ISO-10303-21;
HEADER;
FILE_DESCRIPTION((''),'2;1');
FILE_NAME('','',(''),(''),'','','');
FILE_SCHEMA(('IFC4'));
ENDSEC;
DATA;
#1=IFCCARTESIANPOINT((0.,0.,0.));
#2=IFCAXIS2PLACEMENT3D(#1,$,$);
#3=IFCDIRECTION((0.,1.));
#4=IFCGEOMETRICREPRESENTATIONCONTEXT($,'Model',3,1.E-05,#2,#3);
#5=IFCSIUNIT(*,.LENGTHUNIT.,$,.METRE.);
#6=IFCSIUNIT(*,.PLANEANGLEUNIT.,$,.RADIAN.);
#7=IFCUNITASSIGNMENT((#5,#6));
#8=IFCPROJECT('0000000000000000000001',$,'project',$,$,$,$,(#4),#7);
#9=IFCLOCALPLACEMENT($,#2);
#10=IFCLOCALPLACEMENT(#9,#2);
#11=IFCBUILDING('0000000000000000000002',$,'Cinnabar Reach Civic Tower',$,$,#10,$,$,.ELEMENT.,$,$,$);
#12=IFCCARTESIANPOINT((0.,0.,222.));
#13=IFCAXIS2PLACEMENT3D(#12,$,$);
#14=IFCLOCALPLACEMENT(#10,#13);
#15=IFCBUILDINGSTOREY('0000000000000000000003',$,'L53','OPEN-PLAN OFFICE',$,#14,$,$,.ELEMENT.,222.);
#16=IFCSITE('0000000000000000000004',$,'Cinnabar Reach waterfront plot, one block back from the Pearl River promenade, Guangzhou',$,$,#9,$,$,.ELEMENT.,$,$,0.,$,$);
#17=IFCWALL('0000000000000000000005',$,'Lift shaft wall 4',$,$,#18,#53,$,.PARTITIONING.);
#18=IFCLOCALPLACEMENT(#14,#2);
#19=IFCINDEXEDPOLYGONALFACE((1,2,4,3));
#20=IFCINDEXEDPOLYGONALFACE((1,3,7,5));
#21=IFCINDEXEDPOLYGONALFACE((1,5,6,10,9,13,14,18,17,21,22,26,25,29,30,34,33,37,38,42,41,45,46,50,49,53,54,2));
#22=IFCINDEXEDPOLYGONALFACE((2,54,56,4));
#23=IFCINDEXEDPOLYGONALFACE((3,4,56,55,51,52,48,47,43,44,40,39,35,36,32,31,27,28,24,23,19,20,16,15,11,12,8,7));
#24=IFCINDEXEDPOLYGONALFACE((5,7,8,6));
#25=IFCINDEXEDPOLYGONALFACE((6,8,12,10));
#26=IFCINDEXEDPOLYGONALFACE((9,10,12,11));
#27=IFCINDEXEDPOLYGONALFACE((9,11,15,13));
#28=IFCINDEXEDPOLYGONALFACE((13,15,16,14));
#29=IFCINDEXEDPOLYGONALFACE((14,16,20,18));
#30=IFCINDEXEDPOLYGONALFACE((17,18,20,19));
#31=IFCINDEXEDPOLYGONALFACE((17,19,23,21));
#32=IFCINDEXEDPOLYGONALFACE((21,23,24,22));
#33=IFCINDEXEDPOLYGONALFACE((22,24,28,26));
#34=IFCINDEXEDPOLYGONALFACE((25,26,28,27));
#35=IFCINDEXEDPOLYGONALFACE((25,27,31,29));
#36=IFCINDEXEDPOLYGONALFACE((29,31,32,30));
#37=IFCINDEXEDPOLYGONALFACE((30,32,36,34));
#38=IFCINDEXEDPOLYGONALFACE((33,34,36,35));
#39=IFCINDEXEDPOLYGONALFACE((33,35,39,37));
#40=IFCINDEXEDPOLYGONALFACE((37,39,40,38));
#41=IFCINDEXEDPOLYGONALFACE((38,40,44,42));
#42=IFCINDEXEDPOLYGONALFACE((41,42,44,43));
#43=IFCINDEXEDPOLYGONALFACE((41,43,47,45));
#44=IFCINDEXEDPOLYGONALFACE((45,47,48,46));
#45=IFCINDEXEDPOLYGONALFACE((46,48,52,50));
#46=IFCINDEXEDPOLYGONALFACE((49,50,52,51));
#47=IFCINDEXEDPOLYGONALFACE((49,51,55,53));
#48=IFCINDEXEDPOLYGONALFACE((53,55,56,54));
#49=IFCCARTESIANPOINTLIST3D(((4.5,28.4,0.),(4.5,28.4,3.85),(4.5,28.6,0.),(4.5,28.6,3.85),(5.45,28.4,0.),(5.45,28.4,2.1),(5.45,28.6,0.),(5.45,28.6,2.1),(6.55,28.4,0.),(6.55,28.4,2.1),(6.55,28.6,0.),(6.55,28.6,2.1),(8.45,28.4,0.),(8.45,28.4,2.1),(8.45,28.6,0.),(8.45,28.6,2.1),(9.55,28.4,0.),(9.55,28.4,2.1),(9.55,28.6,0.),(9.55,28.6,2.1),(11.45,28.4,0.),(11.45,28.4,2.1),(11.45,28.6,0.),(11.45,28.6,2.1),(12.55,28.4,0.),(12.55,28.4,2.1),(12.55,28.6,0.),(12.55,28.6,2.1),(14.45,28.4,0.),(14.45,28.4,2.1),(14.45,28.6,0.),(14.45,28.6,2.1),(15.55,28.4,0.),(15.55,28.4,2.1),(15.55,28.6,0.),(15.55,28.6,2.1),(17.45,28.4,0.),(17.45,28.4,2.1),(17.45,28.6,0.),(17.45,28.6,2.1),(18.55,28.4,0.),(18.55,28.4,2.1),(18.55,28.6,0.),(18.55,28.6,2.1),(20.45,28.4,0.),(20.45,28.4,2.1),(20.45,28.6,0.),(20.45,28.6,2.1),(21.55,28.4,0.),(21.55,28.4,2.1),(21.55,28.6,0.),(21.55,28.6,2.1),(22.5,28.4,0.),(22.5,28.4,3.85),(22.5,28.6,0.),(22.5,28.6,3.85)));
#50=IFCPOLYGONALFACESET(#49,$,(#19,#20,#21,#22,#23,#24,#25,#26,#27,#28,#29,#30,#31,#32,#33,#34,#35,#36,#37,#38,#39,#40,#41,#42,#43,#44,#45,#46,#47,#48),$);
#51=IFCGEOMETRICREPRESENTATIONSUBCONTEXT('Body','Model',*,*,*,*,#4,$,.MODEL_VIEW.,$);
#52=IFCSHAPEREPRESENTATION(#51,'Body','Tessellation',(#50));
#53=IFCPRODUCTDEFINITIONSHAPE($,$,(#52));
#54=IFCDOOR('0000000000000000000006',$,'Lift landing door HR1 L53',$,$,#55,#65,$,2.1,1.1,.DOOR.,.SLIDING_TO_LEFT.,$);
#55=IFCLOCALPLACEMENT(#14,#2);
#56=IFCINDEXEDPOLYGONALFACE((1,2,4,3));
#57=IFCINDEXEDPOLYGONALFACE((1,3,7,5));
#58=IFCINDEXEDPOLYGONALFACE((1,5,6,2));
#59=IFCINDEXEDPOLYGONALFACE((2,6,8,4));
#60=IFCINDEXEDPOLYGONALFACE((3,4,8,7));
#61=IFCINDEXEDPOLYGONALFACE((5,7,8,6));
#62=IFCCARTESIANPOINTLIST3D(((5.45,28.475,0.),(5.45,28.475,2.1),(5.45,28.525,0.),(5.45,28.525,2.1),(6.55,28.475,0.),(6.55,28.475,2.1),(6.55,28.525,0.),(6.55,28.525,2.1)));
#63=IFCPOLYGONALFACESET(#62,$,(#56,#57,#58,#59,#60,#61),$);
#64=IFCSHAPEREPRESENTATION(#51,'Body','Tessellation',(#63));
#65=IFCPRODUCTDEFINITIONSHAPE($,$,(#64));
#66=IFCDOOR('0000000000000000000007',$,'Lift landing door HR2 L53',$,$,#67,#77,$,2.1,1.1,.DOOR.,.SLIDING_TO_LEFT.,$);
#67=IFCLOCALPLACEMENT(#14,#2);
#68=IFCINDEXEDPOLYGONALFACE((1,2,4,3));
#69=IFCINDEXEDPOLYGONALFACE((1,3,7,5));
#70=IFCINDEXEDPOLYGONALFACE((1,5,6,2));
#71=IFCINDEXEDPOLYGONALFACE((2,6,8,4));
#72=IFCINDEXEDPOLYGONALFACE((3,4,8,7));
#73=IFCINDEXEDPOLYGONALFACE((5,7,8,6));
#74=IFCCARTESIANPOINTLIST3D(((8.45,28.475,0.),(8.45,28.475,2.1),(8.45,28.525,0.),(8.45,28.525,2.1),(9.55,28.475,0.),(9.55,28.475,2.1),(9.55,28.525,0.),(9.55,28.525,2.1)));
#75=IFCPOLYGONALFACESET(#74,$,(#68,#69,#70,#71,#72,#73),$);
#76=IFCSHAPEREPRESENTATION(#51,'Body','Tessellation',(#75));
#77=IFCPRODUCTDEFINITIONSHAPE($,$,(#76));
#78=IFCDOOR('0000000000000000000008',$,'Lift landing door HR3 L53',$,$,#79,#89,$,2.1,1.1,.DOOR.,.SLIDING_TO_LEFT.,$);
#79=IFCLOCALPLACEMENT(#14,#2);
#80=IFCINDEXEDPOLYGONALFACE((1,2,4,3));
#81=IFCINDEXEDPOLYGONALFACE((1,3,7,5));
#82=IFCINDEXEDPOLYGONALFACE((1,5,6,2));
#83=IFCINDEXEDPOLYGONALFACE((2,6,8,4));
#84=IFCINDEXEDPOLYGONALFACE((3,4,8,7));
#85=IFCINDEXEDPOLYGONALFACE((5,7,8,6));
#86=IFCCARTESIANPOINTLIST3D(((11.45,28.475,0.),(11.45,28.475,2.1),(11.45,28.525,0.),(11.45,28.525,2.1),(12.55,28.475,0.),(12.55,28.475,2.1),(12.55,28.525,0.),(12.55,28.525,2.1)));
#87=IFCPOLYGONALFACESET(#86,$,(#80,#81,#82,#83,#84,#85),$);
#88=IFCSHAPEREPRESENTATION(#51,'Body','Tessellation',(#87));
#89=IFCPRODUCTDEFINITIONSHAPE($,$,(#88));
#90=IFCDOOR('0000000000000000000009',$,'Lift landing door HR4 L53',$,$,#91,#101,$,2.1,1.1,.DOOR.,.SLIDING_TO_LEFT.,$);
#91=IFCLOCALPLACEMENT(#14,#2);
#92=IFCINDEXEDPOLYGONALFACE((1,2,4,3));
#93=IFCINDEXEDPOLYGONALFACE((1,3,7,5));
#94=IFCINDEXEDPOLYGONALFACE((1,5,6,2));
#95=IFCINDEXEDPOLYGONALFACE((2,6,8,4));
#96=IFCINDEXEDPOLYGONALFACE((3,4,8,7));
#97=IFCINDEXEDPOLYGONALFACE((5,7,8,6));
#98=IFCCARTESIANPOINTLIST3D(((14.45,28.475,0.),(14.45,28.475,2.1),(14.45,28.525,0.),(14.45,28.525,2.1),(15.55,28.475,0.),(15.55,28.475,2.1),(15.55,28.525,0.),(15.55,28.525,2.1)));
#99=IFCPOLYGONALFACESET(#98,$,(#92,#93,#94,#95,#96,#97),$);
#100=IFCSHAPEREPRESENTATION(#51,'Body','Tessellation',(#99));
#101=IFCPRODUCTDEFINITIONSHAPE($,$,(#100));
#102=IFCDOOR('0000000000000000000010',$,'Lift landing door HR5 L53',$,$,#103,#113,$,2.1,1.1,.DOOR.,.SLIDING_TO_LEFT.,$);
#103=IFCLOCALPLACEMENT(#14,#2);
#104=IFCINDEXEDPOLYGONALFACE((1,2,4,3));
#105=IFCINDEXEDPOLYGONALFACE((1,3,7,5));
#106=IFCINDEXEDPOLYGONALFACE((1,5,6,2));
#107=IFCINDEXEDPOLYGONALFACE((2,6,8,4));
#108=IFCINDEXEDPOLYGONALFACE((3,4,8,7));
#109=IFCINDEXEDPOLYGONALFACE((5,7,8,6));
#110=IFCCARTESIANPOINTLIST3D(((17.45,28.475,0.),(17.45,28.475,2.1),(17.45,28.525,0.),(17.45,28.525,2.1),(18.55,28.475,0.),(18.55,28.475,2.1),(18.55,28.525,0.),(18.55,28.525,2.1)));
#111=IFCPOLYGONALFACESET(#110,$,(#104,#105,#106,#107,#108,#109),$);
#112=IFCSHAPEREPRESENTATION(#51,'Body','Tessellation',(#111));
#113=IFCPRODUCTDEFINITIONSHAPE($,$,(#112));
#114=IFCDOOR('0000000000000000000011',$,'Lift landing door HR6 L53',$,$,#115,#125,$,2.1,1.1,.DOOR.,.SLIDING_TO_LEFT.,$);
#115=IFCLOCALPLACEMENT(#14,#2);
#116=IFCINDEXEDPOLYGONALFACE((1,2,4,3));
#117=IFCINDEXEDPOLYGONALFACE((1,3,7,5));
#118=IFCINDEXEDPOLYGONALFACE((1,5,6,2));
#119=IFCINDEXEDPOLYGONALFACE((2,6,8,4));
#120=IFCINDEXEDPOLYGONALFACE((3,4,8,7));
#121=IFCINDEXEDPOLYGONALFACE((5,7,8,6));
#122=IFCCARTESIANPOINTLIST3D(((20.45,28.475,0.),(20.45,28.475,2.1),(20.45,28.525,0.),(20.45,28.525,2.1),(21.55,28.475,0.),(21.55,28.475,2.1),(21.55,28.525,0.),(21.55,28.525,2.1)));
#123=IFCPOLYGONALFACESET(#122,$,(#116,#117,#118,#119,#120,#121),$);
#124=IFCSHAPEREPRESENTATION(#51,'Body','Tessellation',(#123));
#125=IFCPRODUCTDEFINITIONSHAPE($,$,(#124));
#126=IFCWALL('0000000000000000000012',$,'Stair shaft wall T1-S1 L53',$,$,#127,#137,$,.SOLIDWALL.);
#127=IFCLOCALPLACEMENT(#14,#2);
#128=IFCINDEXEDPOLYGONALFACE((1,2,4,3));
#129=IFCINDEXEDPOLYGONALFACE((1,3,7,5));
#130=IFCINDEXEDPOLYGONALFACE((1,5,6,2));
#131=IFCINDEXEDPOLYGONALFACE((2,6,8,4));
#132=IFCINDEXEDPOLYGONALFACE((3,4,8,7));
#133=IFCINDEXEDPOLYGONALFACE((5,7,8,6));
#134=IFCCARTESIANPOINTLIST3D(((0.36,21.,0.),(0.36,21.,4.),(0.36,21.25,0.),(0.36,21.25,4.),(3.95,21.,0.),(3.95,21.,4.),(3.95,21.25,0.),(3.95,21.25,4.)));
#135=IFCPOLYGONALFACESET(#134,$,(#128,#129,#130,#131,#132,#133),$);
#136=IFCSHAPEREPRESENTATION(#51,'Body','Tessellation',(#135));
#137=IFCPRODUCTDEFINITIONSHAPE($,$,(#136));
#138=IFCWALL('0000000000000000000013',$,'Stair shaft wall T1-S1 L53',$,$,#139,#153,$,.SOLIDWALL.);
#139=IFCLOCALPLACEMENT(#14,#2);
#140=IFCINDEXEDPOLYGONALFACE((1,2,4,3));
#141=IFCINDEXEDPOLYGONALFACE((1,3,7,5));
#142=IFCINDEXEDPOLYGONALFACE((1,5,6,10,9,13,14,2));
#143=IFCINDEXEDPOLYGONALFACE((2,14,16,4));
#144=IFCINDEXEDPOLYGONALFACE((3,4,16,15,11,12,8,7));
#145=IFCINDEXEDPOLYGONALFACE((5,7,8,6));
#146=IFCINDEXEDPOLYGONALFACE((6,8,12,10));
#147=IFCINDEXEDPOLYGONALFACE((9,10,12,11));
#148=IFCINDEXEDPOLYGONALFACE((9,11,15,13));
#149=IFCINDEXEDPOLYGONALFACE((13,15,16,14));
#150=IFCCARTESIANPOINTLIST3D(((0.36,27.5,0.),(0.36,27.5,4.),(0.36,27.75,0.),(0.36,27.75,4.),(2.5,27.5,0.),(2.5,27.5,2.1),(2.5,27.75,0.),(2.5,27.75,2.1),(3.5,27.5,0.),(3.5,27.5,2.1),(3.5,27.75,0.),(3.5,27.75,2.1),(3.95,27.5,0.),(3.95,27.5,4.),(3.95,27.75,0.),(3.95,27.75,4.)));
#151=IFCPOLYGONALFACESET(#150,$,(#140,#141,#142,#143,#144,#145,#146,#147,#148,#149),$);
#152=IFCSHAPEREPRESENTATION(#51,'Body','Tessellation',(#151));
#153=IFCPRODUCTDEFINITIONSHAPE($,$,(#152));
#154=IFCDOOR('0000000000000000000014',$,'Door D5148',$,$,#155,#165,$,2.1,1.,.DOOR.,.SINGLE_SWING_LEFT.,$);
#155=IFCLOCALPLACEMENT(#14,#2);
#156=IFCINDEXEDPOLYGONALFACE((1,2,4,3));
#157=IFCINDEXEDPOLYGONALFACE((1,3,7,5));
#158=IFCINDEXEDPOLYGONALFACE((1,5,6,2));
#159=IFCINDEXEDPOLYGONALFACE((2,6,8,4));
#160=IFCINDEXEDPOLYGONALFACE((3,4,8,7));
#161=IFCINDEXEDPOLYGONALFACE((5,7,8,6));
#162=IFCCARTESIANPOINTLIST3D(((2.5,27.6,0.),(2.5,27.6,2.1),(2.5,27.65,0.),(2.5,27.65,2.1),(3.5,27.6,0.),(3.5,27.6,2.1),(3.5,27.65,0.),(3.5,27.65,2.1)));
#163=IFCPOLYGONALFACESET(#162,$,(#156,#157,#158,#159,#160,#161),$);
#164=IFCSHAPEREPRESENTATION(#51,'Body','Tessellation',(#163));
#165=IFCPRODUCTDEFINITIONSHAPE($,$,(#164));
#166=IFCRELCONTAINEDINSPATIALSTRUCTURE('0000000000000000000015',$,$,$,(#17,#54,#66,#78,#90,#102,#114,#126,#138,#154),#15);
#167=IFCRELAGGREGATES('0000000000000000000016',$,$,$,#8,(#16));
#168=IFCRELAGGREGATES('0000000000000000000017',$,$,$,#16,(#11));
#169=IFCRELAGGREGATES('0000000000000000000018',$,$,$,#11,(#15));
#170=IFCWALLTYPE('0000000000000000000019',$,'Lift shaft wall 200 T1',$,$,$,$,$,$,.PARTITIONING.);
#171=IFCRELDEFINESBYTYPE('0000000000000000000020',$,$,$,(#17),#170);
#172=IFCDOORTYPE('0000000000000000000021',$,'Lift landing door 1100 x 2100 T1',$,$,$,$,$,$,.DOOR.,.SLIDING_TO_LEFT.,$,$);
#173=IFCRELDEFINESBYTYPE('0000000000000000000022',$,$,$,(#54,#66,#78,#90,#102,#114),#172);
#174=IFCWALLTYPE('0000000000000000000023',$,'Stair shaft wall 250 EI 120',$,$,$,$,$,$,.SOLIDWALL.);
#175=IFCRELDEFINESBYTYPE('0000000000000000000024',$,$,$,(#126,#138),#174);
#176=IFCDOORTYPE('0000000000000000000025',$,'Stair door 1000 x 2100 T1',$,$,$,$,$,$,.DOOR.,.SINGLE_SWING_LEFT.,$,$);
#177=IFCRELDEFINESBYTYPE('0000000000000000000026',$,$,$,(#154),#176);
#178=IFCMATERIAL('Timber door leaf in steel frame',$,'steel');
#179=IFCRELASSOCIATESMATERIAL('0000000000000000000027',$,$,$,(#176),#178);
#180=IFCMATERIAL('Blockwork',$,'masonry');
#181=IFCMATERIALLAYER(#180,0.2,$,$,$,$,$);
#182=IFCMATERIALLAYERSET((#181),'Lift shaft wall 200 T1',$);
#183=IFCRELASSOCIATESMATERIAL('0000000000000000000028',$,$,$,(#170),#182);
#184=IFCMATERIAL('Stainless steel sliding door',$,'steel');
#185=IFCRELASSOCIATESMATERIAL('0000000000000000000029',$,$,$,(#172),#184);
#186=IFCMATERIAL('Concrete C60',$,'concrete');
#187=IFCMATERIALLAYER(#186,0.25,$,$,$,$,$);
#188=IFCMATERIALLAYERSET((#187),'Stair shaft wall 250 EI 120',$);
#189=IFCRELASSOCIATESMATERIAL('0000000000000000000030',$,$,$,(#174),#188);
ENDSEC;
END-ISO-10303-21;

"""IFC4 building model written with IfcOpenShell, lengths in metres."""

from ifc_helpers import new_model, si_unit, direction, frame, frame_2d, origin, place, context, subcontext, project, spatial, rectangle, extrude, material, layer, layer_set, type_object, element, fill, save


model = new_model("IFC4")

# Units and contexts
model_context = context("Model", 3, precision=1e-05, world=origin(), true_north=direction((0.0, 1.0)))
body_context = subcontext(model_context, "Body", "Model", "MODEL_VIEW")
ifc_project = project(units=[si_unit("LENGTHUNIT", "METRE"), si_unit("PLANEANGLEUNIT", "RADIAN")], contexts=[model_context])

# Site, building, storey
site_placement = place(None, origin())
site = spatial("IfcSite", under=ifc_project, at=site_placement, Name="Cinnabar Reach waterfront plot, one block back from the Pearl River promenade, Guangzhou", CompositionType="ELEMENT", RefElevation=0.0)
building_placement = place(site_placement, origin())
building = spatial("IfcBuilding", under=site, at=building_placement, Name="Cinnabar Reach Civic Tower", CompositionType="ELEMENT")
storey_placement = place(building_placement, frame((0.0, 0.0, 222.0)))
storey = spatial("IfcBuildingStorey", under=building, at=storey_placement, Name="L53", Description="OPEN-PLAN OFFICE", CompositionType="ELEMENT", Elevation=222.0)

# Shared definitions
ifc_material_1 = material(Name="Concrete C60", Category="concrete")

# Shared definitions
ifc_material_2 = material(Name="Timber door leaf in steel frame", Category="steel")
door_type_1 = type_object("IfcDoorType", Name="Stair door 1000 x 2100 T1", OperationType="SINGLE_SWING_LEFT", PredefinedType="DOOR", material=ifc_material_2)

# Wall, openings, doors
ifc_material_3 = material(Name="Blockwork", Category="masonry")
ifc_layer_1 = layer(ifc_material_3, 0.2)
ifc_layer_set_1 = layer_set([ifc_layer_1], Name="Lift shaft wall 200 T1")
wall_type_1 = type_object("IfcWallType", Name="Lift shaft wall 200 T1", PredefinedType="PARTITIONING", material=ifc_layer_set_1)
wall_1_placement = place(storey_placement, frame((4.5, 28.5, 0.0), z_axis=(0.0, 0.0, 1.0), x_axis=(1.0, 0.0, 0.0)))
wall_1 = element("IfcWall", 1, at=wall_1_placement, inside=storey, type_object=wall_type_1, Name="Lift shaft wall 4", PredefinedType="PARTITIONING", context=body_context, shape_type="SweptSolid", body=[
    extrude(rectangle(XDim=18.0, YDim=0.2, at=frame_2d((9.0, 0.0))), origin(), (0.0, 0.0, 1.0), 3.85),
])
opening_1_placement = place(wall_1_placement, frame((0.95, 0.0, 0.0)))
opening_1 = element("IfcOpeningElement", 2, at=opening_1_placement, cuts=wall_1, PredefinedType="OPENING", context=body_context, shape_type="SweptSolid", body=[
    extrude(rectangle(XDim=1.1, YDim=2.1, at=frame_2d((0.55, 1.05))), frame((0.0, 0.11, 0.0), z_axis=(0.0, -1.0, 0.0), x_axis=(1.0, 0.0, 0.0)), (0.0, 0.0, 1.0), 0.22),
])
opening_2_placement = place(wall_1_placement, frame((3.95, 0.0, 0.0)))
opening_2 = element("IfcOpeningElement", 3, at=opening_2_placement, cuts=wall_1, PredefinedType="OPENING", context=body_context, shape_type="SweptSolid", body=[
    extrude(rectangle(XDim=1.1, YDim=2.1, at=frame_2d((0.55, 1.05))), frame((0.0, 0.11, 0.0), z_axis=(0.0, -1.0, 0.0), x_axis=(1.0, 0.0, 0.0)), (0.0, 0.0, 1.0), 0.22),
])
opening_3_placement = place(wall_1_placement, frame((6.95, 0.0, 0.0)))
opening_3 = element("IfcOpeningElement", 4, at=opening_3_placement, cuts=wall_1, PredefinedType="OPENING", context=body_context, shape_type="SweptSolid", body=[
    extrude(rectangle(XDim=1.1, YDim=2.1, at=frame_2d((0.55, 1.05))), frame((0.0, 0.11, 0.0), z_axis=(0.0, -1.0, 0.0), x_axis=(1.0, 0.0, 0.0)), (0.0, 0.0, 1.0), 0.22),
])
opening_4_placement = place(wall_1_placement, frame((9.95, 0.0, 0.0)))
opening_4 = element("IfcOpeningElement", 5, at=opening_4_placement, cuts=wall_1, PredefinedType="OPENING", context=body_context, shape_type="SweptSolid", body=[
    extrude(rectangle(XDim=1.1, YDim=2.1, at=frame_2d((0.55, 1.05))), frame((0.0, 0.11, 0.0), z_axis=(0.0, -1.0, 0.0), x_axis=(1.0, 0.0, 0.0)), (0.0, 0.0, 1.0), 0.22),
])
opening_5_placement = place(wall_1_placement, frame((12.95, 0.0, 0.0)))
opening_5 = element("IfcOpeningElement", 6, at=opening_5_placement, cuts=wall_1, PredefinedType="OPENING", context=body_context, shape_type="SweptSolid", body=[
    extrude(rectangle(XDim=1.1, YDim=2.1, at=frame_2d((0.55, 1.05))), frame((0.0, 0.11, 0.0), z_axis=(0.0, -1.0, 0.0), x_axis=(1.0, 0.0, 0.0)), (0.0, 0.0, 1.0), 0.22),
])
opening_6_placement = place(wall_1_placement, frame((15.95, 0.0, 0.0)))
opening_6 = element("IfcOpeningElement", 7, at=opening_6_placement, cuts=wall_1, PredefinedType="OPENING", context=body_context, shape_type="SweptSolid", body=[
    extrude(rectangle(XDim=1.1, YDim=2.1, at=frame_2d((0.55, 1.05))), frame((0.0, 0.11, 0.0), z_axis=(0.0, -1.0, 0.0), x_axis=(1.0, 0.0, 0.0)), (0.0, 0.0, 1.0), 0.22),
])
ifc_material_4 = material(Name="Stainless steel sliding door", Category="steel")
door_type_2 = type_object("IfcDoorType", Name="Lift landing door 1100 x 2100 T1", OperationType="SLIDING_TO_LEFT", PredefinedType="DOOR", material=ifc_material_4)
door_1_placement = place(opening_1_placement, origin())
door_1 = element("IfcDoor", 8, at=door_1_placement, inside=storey, type_object=door_type_2, Name="Lift landing door HR1 L53", OperationType="SLIDING_TO_LEFT", OverallHeight=2.1, OverallWidth=1.1, PredefinedType="DOOR", context=body_context, shape_type="SweptSolid", body=[
    extrude(rectangle(XDim=1.1, YDim=2.1, at=frame_2d((0.55, 1.05))), frame((0.0, 0.025, 0.0), z_axis=(0.0, -1.0, 0.0), x_axis=(1.0, 0.0, 0.0)), (0.0, 0.0, 1.0), 0.05),
])
fill(opening_1, door_1)
door_2_placement = place(opening_2_placement, origin())
door_2 = element("IfcDoor", 9, at=door_2_placement, inside=storey, type_object=door_type_2, Name="Lift landing door HR2 L53", OperationType="SLIDING_TO_LEFT", OverallHeight=2.1, OverallWidth=1.1, PredefinedType="DOOR", context=body_context, shape_type="SweptSolid", body=[
    extrude(rectangle(XDim=1.1, YDim=2.1, at=frame_2d((0.55, 1.05))), frame((0.0, 0.025, 0.0), z_axis=(0.0, -1.0, 0.0), x_axis=(1.0, 0.0, 0.0)), (0.0, 0.0, 1.0), 0.05),
])
fill(opening_2, door_2)
door_3_placement = place(opening_3_placement, origin())
door_3 = element("IfcDoor", 10, at=door_3_placement, inside=storey, type_object=door_type_2, Name="Lift landing door HR3 L53", OperationType="SLIDING_TO_LEFT", OverallHeight=2.1, OverallWidth=1.1, PredefinedType="DOOR", context=body_context, shape_type="SweptSolid", body=[
    extrude(rectangle(XDim=1.1, YDim=2.1, at=frame_2d((0.55, 1.05))), frame((0.0, 0.025, 0.0), z_axis=(0.0, -1.0, 0.0), x_axis=(1.0, 0.0, 0.0)), (0.0, 0.0, 1.0), 0.05),
])
fill(opening_3, door_3)
door_4_placement = place(opening_4_placement, origin())
door_4 = element("IfcDoor", 11, at=door_4_placement, inside=storey, type_object=door_type_2, Name="Lift landing door HR4 L53", OperationType="SLIDING_TO_LEFT", OverallHeight=2.1, OverallWidth=1.1, PredefinedType="DOOR", context=body_context, shape_type="SweptSolid", body=[
    extrude(rectangle(XDim=1.1, YDim=2.1, at=frame_2d((0.55, 1.05))), frame((0.0, 0.025, 0.0), z_axis=(0.0, -1.0, 0.0), x_axis=(1.0, 0.0, 0.0)), (0.0, 0.0, 1.0), 0.05),
])
fill(opening_4, door_4)
door_5_placement = place(opening_5_placement, origin())
door_5 = element("IfcDoor", 12, at=door_5_placement, inside=storey, type_object=door_type_2, Name="Lift landing door HR5 L53", OperationType="SLIDING_TO_LEFT", OverallHeight=2.1, OverallWidth=1.1, PredefinedType="DOOR", context=body_context, shape_type="SweptSolid", body=[
    extrude(rectangle(XDim=1.1, YDim=2.1, at=frame_2d((0.55, 1.05))), frame((0.0, 0.025, 0.0), z_axis=(0.0, -1.0, 0.0), x_axis=(1.0, 0.0, 0.0)), (0.0, 0.0, 1.0), 0.05),
])
fill(opening_5, door_5)
door_6_placement = place(opening_6_placement, origin())
door_6 = element("IfcDoor", 13, at=door_6_placement, inside=storey, type_object=door_type_2, Name="Lift landing door HR6 L53", OperationType="SLIDING_TO_LEFT", OverallHeight=2.1, OverallWidth=1.1, PredefinedType="DOOR", context=body_context, shape_type="SweptSolid", body=[
    extrude(rectangle(XDim=1.1, YDim=2.1, at=frame_2d((0.55, 1.05))), frame((0.0, 0.025, 0.0), z_axis=(0.0, -1.0, 0.0), x_axis=(1.0, 0.0, 0.0)), (0.0, 0.0, 1.0), 0.05),
])
fill(opening_6, door_6)

# Wall
ifc_layer_2 = layer(ifc_material_1, 0.25)
ifc_layer_set_2 = layer_set([ifc_layer_2], Name="Stair shaft wall 250 EI 120")
wall_type_2 = type_object("IfcWallType", Name="Stair shaft wall 250 EI 120", PredefinedType="SOLIDWALL", material=ifc_layer_set_2)
wall_2_placement = place(storey_placement, frame((0.36, 21.125, 0.0), z_axis=(0.0, 0.0, 1.0), x_axis=(1.0, 0.0, 0.0)))
element("IfcWall", 14, at=wall_2_placement, inside=storey, type_object=wall_type_2, Name="Stair shaft wall T1-S1 L53", PredefinedType="SOLIDWALL", context=body_context, shape_type="SweptSolid", body=[
    extrude(rectangle(XDim=3.59, YDim=0.25, at=frame_2d((1.795, 0.0))), origin(), (0.0, 0.0, 1.0), 4.0),
])

# Wall, opening, door
wall_3_placement = place(storey_placement, frame((3.95, 27.625, 0.0), z_axis=(0.0, 0.0, 1.0), x_axis=(-1.0, 0.0, 0.0)))
wall_3 = element("IfcWall", 15, at=wall_3_placement, inside=storey, type_object=wall_type_2, Name="Stair shaft wall T1-S1 L53", PredefinedType="SOLIDWALL", context=body_context, shape_type="SweptSolid", body=[
    extrude(rectangle(XDim=3.59, YDim=0.25, at=frame_2d((1.795, 0.0))), origin(), (0.0, 0.0, 1.0), 4.0),
])
opening_7_placement = place(wall_3_placement, frame((0.45, 0.0, 0.0)))
opening_7 = element("IfcOpeningElement", 16, at=opening_7_placement, cuts=wall_3, PredefinedType="OPENING", context=body_context, shape_type="SweptSolid", body=[
    extrude(rectangle(XDim=1.0, YDim=2.1, at=frame_2d((0.5, 1.05))), frame((0.0, 0.135, 0.0), z_axis=(0.0, -1.0, 0.0), x_axis=(1.0, 0.0, 0.0)), (0.0, 0.0, 1.0), 0.27),
])
door_7_placement = place(opening_7_placement, origin())
door_7 = element("IfcDoor", 17, at=door_7_placement, inside=storey, type_object=door_type_1, Name="Door D5148", OperationType="SINGLE_SWING_LEFT", OverallHeight=2.1, OverallWidth=1.0, PredefinedType="DOOR", context=body_context, shape_type="SweptSolid", body=[
    extrude(rectangle(XDim=1.0, YDim=2.1, at=frame_2d((0.5, 1.05))), frame((0.0, 0.025, 0.0), z_axis=(0.0, -1.0, 0.0), x_axis=(1.0, 0.0, 0.0)), (0.0, 0.0, 1.0), 0.05),
])
fill(opening_7, door_7)

save(model, "model.ifc")
